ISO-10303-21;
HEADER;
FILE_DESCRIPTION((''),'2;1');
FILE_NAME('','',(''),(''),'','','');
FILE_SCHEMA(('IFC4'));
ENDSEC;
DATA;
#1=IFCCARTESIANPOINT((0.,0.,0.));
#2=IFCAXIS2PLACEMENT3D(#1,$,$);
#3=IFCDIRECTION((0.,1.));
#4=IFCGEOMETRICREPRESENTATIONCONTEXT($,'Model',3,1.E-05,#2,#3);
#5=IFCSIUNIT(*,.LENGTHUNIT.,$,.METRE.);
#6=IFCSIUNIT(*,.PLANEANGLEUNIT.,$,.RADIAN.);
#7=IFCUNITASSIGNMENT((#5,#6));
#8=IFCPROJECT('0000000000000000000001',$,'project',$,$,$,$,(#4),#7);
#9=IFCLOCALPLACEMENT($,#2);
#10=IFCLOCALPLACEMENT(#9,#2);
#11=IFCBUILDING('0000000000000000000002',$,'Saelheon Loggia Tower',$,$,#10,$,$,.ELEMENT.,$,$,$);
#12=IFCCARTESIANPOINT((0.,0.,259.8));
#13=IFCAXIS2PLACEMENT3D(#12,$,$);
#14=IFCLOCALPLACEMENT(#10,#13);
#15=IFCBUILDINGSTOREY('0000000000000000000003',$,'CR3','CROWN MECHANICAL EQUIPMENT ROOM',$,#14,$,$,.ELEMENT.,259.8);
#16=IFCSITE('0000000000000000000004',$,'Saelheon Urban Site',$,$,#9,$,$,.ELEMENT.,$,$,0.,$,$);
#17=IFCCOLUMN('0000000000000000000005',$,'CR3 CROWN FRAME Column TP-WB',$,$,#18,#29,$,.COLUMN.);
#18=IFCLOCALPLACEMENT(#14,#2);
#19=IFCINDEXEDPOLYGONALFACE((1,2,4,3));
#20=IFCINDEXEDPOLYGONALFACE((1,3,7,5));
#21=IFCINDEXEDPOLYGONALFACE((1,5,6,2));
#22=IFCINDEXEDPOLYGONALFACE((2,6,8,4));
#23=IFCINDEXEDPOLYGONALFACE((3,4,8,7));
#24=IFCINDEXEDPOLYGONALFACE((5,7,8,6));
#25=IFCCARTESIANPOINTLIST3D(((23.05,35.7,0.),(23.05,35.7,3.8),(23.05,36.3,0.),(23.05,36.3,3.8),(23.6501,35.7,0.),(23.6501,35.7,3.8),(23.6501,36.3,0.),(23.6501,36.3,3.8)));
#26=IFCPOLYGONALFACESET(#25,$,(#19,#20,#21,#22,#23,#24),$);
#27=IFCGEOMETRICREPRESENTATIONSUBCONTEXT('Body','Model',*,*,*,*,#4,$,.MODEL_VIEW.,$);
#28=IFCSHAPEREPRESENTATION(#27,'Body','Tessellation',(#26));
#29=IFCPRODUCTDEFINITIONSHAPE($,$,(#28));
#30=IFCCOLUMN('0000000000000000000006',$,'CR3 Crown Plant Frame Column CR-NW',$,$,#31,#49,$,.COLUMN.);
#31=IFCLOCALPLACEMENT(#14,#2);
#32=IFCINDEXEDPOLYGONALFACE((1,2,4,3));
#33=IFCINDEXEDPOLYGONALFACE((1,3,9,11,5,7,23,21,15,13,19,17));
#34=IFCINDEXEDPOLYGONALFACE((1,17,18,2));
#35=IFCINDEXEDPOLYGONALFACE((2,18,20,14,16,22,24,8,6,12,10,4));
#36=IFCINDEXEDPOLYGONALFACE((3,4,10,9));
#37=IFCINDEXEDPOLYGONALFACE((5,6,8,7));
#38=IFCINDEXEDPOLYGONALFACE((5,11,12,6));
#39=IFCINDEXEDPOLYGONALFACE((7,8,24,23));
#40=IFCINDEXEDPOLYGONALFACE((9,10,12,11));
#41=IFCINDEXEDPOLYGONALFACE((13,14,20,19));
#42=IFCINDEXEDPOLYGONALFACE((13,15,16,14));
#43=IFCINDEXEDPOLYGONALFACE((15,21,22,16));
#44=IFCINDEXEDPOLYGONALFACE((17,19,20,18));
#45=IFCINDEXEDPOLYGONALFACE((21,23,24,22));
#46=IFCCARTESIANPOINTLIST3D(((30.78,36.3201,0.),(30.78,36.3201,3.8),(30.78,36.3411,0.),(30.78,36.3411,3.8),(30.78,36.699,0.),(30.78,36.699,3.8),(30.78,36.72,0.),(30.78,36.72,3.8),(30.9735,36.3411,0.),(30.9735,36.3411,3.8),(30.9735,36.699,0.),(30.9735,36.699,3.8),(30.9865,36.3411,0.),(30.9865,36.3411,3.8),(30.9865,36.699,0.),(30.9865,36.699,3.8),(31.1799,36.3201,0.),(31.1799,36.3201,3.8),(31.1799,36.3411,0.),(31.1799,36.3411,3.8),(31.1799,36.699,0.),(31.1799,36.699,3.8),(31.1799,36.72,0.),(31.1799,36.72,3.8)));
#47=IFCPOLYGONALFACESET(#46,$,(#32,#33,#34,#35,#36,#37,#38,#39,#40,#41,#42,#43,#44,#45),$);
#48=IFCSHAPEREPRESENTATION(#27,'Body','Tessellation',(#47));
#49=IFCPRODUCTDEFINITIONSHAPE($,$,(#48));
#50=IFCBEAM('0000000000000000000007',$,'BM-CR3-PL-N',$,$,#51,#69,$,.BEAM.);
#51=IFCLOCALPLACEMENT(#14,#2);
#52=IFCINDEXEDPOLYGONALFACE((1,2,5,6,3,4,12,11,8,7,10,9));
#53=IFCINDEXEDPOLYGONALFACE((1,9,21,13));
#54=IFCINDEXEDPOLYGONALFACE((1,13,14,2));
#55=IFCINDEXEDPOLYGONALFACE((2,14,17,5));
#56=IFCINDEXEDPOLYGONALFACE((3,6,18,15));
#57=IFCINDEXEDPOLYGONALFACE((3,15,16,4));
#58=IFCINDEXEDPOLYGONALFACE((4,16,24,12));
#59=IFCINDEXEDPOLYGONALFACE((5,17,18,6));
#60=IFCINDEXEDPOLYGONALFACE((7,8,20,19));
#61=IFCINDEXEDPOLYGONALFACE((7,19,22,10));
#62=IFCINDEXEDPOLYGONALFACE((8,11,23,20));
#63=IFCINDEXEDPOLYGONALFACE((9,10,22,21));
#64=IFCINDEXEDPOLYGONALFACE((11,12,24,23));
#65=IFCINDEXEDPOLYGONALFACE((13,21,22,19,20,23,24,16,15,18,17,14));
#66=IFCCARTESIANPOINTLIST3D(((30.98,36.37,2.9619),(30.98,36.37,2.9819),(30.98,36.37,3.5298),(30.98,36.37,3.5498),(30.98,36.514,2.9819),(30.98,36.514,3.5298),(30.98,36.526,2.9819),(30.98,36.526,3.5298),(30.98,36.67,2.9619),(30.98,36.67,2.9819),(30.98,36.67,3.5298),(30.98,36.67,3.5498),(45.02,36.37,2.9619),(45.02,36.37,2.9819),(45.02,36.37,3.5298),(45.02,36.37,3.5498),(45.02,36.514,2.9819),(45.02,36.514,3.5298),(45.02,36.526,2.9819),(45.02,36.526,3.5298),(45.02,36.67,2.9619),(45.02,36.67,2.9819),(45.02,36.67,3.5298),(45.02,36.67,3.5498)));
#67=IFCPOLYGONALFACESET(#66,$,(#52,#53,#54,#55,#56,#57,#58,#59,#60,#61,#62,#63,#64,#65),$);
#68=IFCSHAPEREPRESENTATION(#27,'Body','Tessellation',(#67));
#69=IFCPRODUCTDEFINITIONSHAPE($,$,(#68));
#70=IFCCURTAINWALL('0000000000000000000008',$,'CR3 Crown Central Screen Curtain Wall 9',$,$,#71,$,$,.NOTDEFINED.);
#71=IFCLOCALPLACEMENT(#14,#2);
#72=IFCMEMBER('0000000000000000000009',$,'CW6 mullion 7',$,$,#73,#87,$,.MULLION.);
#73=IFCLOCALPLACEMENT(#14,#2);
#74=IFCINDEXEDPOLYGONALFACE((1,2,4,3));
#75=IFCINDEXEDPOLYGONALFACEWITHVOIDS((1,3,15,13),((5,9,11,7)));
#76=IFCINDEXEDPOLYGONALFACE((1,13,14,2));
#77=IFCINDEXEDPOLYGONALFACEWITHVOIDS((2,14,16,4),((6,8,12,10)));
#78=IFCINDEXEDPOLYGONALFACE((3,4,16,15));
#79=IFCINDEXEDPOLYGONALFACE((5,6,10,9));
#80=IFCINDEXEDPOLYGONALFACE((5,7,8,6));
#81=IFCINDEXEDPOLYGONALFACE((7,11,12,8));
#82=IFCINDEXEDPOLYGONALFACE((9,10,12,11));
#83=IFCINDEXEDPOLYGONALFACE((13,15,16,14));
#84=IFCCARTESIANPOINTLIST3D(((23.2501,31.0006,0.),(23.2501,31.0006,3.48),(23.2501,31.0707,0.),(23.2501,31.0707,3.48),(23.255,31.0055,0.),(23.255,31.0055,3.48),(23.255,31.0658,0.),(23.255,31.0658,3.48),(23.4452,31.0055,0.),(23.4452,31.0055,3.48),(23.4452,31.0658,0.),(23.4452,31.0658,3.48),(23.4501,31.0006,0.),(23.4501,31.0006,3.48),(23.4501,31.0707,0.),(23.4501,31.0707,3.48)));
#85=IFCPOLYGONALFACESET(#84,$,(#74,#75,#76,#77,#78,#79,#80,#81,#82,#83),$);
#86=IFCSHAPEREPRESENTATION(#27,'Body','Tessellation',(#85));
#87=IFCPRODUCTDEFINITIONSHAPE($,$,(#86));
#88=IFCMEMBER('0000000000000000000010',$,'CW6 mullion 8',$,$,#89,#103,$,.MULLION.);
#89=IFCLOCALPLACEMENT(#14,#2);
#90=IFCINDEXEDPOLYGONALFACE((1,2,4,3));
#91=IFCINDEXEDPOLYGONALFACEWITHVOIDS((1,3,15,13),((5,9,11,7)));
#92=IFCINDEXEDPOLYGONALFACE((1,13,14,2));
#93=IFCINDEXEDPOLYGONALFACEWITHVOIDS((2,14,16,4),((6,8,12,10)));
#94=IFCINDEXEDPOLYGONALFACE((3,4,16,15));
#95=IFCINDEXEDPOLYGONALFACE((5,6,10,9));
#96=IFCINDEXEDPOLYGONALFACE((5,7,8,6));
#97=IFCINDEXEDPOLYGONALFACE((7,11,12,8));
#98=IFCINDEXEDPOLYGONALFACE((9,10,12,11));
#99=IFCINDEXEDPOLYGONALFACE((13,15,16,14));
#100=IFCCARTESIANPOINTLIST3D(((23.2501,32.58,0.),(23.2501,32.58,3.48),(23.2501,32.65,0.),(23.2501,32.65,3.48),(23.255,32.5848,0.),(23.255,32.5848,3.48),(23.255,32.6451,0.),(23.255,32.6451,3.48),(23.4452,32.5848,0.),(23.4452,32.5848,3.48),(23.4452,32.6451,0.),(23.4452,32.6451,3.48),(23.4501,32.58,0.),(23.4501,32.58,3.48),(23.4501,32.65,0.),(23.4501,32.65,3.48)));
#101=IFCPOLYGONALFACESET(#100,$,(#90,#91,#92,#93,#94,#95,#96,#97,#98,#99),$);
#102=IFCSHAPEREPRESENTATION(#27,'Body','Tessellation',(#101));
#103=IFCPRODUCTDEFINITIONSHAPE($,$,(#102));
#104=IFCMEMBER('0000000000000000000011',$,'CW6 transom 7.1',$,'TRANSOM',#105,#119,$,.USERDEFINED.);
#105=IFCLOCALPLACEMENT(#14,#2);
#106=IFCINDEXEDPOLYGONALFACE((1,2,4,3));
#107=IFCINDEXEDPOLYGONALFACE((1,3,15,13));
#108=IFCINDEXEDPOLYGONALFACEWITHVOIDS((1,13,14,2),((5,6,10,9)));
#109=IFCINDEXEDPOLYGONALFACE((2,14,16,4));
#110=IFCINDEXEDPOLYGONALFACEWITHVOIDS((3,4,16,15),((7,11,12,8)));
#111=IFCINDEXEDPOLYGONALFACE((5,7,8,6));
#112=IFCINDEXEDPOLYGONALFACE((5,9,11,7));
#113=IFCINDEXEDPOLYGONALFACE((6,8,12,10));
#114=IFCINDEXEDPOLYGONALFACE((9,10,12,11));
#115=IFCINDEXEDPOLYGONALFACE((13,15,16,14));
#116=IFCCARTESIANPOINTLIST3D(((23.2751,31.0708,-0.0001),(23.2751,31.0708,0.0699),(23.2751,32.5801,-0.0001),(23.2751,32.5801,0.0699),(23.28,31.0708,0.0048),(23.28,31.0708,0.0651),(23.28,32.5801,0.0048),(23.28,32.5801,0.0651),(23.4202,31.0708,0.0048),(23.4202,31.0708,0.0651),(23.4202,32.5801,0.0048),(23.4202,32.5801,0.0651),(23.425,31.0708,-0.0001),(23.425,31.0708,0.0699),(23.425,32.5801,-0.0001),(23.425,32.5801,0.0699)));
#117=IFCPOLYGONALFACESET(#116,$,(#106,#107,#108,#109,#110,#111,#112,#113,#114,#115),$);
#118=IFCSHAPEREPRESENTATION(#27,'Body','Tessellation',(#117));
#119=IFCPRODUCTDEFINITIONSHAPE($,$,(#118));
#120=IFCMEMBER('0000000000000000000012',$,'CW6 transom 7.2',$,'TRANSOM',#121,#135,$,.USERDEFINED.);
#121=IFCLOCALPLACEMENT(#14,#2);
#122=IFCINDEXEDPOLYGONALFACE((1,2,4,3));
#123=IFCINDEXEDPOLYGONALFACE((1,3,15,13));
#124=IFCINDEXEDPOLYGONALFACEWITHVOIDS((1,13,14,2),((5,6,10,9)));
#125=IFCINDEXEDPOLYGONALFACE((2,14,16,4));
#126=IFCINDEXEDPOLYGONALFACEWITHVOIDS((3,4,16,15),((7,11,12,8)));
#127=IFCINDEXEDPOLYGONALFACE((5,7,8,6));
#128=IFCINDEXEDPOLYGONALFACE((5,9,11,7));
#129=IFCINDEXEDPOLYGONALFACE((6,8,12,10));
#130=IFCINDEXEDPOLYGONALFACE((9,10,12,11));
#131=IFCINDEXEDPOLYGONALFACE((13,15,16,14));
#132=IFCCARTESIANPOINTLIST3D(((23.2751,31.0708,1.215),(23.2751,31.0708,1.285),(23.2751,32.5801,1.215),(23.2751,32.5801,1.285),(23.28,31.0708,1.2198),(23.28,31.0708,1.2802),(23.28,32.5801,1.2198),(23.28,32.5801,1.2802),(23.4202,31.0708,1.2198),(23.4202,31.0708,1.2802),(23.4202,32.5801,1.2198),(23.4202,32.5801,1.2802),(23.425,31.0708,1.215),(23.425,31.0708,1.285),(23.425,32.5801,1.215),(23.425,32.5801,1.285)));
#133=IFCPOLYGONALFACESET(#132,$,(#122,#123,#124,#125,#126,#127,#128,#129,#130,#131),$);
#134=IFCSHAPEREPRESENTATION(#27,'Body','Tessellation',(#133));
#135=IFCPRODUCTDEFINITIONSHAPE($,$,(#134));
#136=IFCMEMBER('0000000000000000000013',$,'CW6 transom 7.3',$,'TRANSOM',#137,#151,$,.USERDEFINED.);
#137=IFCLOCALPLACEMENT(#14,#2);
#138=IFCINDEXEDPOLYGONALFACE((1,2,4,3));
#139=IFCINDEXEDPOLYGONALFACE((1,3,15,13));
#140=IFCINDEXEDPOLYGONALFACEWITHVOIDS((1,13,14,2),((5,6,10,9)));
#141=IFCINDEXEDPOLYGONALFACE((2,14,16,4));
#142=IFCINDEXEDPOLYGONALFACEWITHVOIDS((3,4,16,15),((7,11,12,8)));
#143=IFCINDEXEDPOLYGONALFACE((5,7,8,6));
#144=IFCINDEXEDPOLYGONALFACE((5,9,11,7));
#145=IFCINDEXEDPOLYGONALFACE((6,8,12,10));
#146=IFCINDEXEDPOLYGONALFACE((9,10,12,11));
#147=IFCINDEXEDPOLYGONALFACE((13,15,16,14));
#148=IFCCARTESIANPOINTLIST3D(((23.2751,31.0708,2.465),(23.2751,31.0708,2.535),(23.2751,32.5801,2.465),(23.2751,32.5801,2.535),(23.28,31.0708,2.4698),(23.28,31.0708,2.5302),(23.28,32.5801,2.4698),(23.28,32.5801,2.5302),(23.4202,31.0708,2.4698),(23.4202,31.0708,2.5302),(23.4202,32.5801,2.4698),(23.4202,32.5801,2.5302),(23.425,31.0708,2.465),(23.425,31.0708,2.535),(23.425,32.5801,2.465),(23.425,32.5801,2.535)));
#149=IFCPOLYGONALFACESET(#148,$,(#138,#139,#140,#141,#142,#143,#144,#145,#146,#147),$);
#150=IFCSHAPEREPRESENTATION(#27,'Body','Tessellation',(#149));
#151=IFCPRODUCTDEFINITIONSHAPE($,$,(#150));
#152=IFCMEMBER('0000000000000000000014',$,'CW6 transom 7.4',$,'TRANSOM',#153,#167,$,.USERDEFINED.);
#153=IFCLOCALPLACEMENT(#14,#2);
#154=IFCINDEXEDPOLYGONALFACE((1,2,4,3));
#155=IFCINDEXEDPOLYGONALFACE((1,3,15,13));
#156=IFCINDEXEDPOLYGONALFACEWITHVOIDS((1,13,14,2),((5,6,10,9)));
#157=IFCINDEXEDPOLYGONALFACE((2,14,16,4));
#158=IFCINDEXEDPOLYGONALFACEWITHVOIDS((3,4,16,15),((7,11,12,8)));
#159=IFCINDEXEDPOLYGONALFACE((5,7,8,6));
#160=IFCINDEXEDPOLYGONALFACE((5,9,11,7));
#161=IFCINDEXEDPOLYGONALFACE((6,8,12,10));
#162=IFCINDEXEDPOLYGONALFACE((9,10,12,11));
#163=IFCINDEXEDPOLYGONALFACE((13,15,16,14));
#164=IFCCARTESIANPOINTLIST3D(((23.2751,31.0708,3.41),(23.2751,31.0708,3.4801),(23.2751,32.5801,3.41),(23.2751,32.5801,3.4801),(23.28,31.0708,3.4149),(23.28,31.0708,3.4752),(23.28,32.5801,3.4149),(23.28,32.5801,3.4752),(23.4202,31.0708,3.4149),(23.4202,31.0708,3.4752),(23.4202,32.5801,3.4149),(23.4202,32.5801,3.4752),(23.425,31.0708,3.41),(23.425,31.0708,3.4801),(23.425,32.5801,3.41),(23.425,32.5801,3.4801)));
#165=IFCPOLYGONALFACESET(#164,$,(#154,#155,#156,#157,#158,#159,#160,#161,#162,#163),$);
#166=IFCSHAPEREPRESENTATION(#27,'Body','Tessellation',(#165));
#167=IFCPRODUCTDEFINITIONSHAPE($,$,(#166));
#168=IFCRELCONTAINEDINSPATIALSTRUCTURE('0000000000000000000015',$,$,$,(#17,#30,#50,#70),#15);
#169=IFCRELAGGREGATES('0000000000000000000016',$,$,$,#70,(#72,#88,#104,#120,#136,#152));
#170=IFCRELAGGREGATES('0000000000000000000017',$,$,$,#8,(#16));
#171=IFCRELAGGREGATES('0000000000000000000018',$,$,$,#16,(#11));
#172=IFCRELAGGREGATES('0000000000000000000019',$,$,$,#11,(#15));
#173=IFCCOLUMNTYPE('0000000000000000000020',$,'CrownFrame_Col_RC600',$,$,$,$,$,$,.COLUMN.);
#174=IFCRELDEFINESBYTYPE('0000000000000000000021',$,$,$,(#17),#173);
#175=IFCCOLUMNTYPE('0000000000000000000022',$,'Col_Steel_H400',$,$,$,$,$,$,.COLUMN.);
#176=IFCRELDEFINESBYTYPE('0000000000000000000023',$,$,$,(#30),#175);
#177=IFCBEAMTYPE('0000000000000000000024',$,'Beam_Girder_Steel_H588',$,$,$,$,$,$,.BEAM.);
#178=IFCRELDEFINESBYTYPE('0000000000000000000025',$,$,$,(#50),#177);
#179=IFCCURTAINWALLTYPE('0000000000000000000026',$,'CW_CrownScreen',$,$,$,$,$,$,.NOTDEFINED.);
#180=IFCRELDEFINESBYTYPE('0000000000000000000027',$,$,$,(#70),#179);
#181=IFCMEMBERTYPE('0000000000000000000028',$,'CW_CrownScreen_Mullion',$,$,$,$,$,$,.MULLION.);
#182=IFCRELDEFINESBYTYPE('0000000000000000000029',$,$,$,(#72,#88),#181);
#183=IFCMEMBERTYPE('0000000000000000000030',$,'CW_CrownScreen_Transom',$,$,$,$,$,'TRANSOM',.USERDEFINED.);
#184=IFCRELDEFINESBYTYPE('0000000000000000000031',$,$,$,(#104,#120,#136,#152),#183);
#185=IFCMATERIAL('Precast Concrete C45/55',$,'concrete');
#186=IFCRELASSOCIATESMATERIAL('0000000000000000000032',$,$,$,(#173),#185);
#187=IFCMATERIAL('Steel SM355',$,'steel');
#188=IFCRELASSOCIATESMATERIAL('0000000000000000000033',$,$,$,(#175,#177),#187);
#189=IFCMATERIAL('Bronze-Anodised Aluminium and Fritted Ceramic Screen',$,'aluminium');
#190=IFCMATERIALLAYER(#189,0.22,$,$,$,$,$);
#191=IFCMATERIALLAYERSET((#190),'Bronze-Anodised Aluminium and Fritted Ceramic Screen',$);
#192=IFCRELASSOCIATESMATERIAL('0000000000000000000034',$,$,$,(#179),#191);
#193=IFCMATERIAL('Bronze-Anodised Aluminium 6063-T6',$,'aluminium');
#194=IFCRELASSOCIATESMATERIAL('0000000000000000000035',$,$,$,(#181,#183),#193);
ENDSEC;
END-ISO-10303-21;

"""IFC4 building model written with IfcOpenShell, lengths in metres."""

from ifc_helpers import new_model, si_unit, direction, frame, origin, origin_2d, place, context, subcontext, project, spatial, rectangle, hollow_rectangle, i_section, extrude, source, transform, mapped, material, layer, layer_set, material_profile, profile_set, type_object, element, aggregate, save


model = new_model("IFC4")

# Units and contexts
model_context = context("Model", 3, precision=1e-05, world=origin(), true_north=direction((0.0, 1.0)))
body_context = subcontext(model_context, "Body", "Model", "MODEL_VIEW")
ifc_project = project(units=[si_unit("LENGTHUNIT", "METRE"), si_unit("PLANEANGLEUNIT", "RADIAN")], contexts=[model_context])

# Site, building, storey
site_placement = place(None, origin())
site = spatial("IfcSite", under=ifc_project, at=site_placement, Name="Saelheon Urban Site", CompositionType="ELEMENT", RefElevation=0.0)
building_placement = place(site_placement, origin())
building = spatial("IfcBuilding", under=site, at=building_placement, Name="Saelheon Loggia Tower", CompositionType="ELEMENT")
storey_placement = place(building_placement, frame((0.0, 0.0, 259.8)))
storey = spatial("IfcBuildingStorey", under=building, at=storey_placement, Name="CR3", Description="CROWN MECHANICAL EQUIPMENT ROOM", CompositionType="ELEMENT", Elevation=259.8)

# Columns
ifc_material_1 = material(Name="Precast Concrete C45/55", Category="concrete")
ifc_material_profile_1 = material_profile(ifc_material_1, rectangle(XDim=0.6001, YDim=0.6001, at=origin_2d()), Name="RC-600x600")
ifc_profile_set_1 = profile_set([ifc_material_profile_1], Name="Precast Concrete C45/55")
column_type_1 = type_object("IfcColumnType", Name="CrownFrame_Col_RC600", PredefinedType="COLUMN", material=ifc_profile_set_1)
shared_shape_1 = source(origin(), body_context, "Body", "SweptSolid", [
    extrude(rectangle(XDim=0.6001, YDim=0.6001, at=origin_2d()), origin(), (0.0, 0.0, 1.0), 3.8),
])
column_1_placement = place(storey_placement, frame((23.3501, 36.0, 0.0), z_axis=(0.0, 0.0, 1.0), x_axis=(1.0, 0.0, 0.0)))
element("IfcColumn", 1, at=column_1_placement, inside=storey, type_object=column_type_1, Name="CR3 CROWN FRAME Column TP-WB", PredefinedType="COLUMN", context=body_context, shape_type="MappedRepresentation", body=[
    mapped(shared_shape_1, transform((0.0, 0.0, 0.0), scale=1.0)),
])
ifc_material_2 = material(Name="Steel SM355", Category="steel")
ifc_material_profile_2 = material_profile(ifc_material_2, i_section(OverallWidth=0.3999, OverallDepth=0.3999, WebThickness=0.0129, FlangeThickness=0.021, at=origin_2d()), Name="H-400x400x13x21")
ifc_profile_set_2 = profile_set([ifc_material_profile_2], Name="Steel SM355")
column_type_2 = type_object("IfcColumnType", Name="Col_Steel_H400", PredefinedType="COLUMN", material=ifc_profile_set_2)
shared_shape_2 = source(origin(), body_context, "Body", "SweptSolid", [
    extrude(i_section(OverallWidth=0.3999, OverallDepth=0.3999, WebThickness=0.0129, FlangeThickness=0.021, at=origin_2d()), origin(), (0.0, 0.0, 1.0), 3.8),
])
column_2_placement = place(storey_placement, frame((30.98, 36.52, 0.0), z_axis=(0.0, 0.0, 1.0), x_axis=(1.0, 0.0, 0.0)))
element("IfcColumn", 2, at=column_2_placement, inside=storey, type_object=column_type_2, Name="CR3 Crown Plant Frame Column CR-NW", PredefinedType="COLUMN", context=body_context, shape_type="MappedRepresentation", body=[
    mapped(shared_shape_2, transform((0.0, 0.0, 0.0), scale=1.0)),
])

# Beam
ifc_material_profile_3 = material_profile(ifc_material_2, i_section(OverallWidth=0.3, OverallDepth=0.5879, WebThickness=0.012, FlangeThickness=0.02, at=origin_2d()), Name="H-588x300x12x20")
ifc_profile_set_3 = profile_set([ifc_material_profile_3], Name="Steel SM355")
beam_type = type_object("IfcBeamType", Name="Beam_Girder_Steel_H588", PredefinedType="BEAM", material=ifc_profile_set_3)
shared_shape_3 = source(origin(), body_context, "Body", "SweptSolid", [
    extrude(i_section(OverallWidth=0.3, OverallDepth=0.5879, WebThickness=0.012, FlangeThickness=0.02, at=origin_2d()), origin(), (0.0, 0.0, 1.0), 14.04),
])
beam_placement = place(storey_placement, frame((30.98, 36.52, 3.2559), z_axis=(1.0, 0.0, 0.0), x_axis=(0.0, 1.0, 0.0)))
element("IfcBeam", 3, at=beam_placement, inside=storey, type_object=beam_type, Name="BM-CR3-PL-N", PredefinedType="BEAM", context=body_context, shape_type="MappedRepresentation", body=[
    mapped(shared_shape_3, transform((0.0, 0.0, 0.0), scale=1.0)),
])

# Curtain wall, members
ifc_material_3 = material(Name="Bronze-Anodised Aluminium and Fritted Ceramic Screen", Category="aluminium")
ifc_layer_1 = layer(ifc_material_3, 0.22)
ifc_layer_set_1 = layer_set([ifc_layer_1], Name="Bronze-Anodised Aluminium and Fritted Ceramic Screen")
curtain_wall_type = type_object("IfcCurtainWallType", Name="CW_CrownScreen", PredefinedType="NOTDEFINED", material=ifc_layer_set_1)
curtain_wall_placement = place(storey_placement, origin())
curtain_wall = element("IfcCurtainWall", 4, at=curtain_wall_placement, inside=storey, type_object=curtain_wall_type, Name="CR3 Crown Central Screen Curtain Wall 9", PredefinedType="NOTDEFINED")
ifc_material_4 = material(Name="Bronze-Anodised Aluminium 6063-T6", Category="aluminium")
ifc_material_profile_4 = material_profile(ifc_material_4, hollow_rectangle(XDim=0.0701, YDim=0.2, WallThickness=0.0049, at=origin_2d()), Name="RHS-200x70x5")
ifc_profile_set_4 = profile_set([ifc_material_profile_4], Name="Bronze-Anodised Aluminium 6063-T6")
member_type_1 = type_object("IfcMemberType", Name="CW_CrownScreen_Mullion", PredefinedType="MULLION", material=ifc_profile_set_4)
shared_shape_4 = source(origin(), body_context, "Body", "SweptSolid", [
    extrude(hollow_rectangle(XDim=0.0701, YDim=0.2, WallThickness=0.0049, at=origin_2d()), origin(), (0.0, 0.0, 1.0), 3.48),
])
member_1_placement = place(storey_placement, frame((23.3501, 31.0356, 0.0), z_axis=(0.0, 0.0, 1.0), x_axis=(0.0, 1.0, 0.0)))
member_1 = element("IfcMember", 5, at=member_1_placement, type_object=member_type_1, Name="CW6 mullion 7", PredefinedType="MULLION", context=body_context, shape_type="MappedRepresentation", body=[
    mapped(shared_shape_4, transform((0.0, 0.0, 0.0), scale=1.0)),
])
member_2_placement = place(storey_placement, frame((23.3501, 32.615, 0.0), z_axis=(0.0, 0.0, 1.0), x_axis=(0.0, 1.0, 0.0)))
member_2 = element("IfcMember", 6, at=member_2_placement, type_object=member_type_1, Name="CW6 mullion 8", PredefinedType="MULLION", context=body_context, shape_type="MappedRepresentation", body=[
    mapped(shared_shape_4, transform((0.0, 0.0, 0.0), scale=1.0)),
])
ifc_material_profile_5 = material_profile(ifc_material_4, hollow_rectangle(XDim=0.0701, YDim=0.1499, WallThickness=0.0049, at=origin_2d()), Name="RHS-150x70x5")
ifc_profile_set_5 = profile_set([ifc_material_profile_5], Name="Bronze-Anodised Aluminium 6063-T6")
member_type_2 = type_object("IfcMemberType", Name="CW_CrownScreen_Transom", ElementType="TRANSOM", PredefinedType="USERDEFINED", material=ifc_profile_set_5)
shared_shape_5 = source(origin(), body_context, "Body", "SweptSolid", [
    extrude(hollow_rectangle(XDim=0.0701, YDim=0.1499, WallThickness=0.0049, at=origin_2d()), origin(), (0.0, 0.0, 1.0), 1.5093),
])
member_3_placement = place(storey_placement, frame((23.3501, 31.0708, 0.0349), z_axis=(0.0, 1.0, 0.0), x_axis=(0.0, 0.0, 1.0)))
member_3 = element("IfcMember", 7, at=member_3_placement, type_object=member_type_2, Name="CW6 transom 7.1", ObjectType="TRANSOM", PredefinedType="USERDEFINED", context=body_context, shape_type="MappedRepresentation", body=[
    mapped(shared_shape_5, transform((0.0, 0.0, 0.0), scale=1.0)),
])
member_4_placement = place(storey_placement, frame((23.3501, 31.0708, 1.25), z_axis=(0.0, 1.0, 0.0), x_axis=(0.0, 0.0, 1.0)))
member_4 = element("IfcMember", 8, at=member_4_placement, type_object=member_type_2, Name="CW6 transom 7.2", ObjectType="TRANSOM", PredefinedType="USERDEFINED", context=body_context, shape_type="MappedRepresentation", body=[
    mapped(shared_shape_5, transform((0.0, 0.0, 0.0), scale=1.0)),
])
member_5_placement = place(storey_placement, frame((23.3501, 31.0708, 2.5), z_axis=(0.0, 1.0, 0.0), x_axis=(0.0, 0.0, 1.0)))
member_5 = element("IfcMember", 9, at=member_5_placement, type_object=member_type_2, Name="CW6 transom 7.3", ObjectType="TRANSOM", PredefinedType="USERDEFINED", context=body_context, shape_type="MappedRepresentation", body=[
    mapped(shared_shape_5, transform((0.0, 0.0, 0.0), scale=1.0)),
])
member_6_placement = place(storey_placement, frame((23.3501, 31.0708, 3.4451), z_axis=(0.0, 1.0, 0.0), x_axis=(0.0, 0.0, 1.0)))
member_6 = element("IfcMember", 10, at=member_6_placement, type_object=member_type_2, Name="CW6 transom 7.4", ObjectType="TRANSOM", PredefinedType="USERDEFINED", context=body_context, shape_type="MappedRepresentation", body=[
    mapped(shared_shape_5, transform((0.0, 0.0, 0.0), scale=1.0)),
])
aggregate(curtain_wall, [member_1, member_2, member_3, member_4, member_5, member_6])

save(model, "model.ifc")
